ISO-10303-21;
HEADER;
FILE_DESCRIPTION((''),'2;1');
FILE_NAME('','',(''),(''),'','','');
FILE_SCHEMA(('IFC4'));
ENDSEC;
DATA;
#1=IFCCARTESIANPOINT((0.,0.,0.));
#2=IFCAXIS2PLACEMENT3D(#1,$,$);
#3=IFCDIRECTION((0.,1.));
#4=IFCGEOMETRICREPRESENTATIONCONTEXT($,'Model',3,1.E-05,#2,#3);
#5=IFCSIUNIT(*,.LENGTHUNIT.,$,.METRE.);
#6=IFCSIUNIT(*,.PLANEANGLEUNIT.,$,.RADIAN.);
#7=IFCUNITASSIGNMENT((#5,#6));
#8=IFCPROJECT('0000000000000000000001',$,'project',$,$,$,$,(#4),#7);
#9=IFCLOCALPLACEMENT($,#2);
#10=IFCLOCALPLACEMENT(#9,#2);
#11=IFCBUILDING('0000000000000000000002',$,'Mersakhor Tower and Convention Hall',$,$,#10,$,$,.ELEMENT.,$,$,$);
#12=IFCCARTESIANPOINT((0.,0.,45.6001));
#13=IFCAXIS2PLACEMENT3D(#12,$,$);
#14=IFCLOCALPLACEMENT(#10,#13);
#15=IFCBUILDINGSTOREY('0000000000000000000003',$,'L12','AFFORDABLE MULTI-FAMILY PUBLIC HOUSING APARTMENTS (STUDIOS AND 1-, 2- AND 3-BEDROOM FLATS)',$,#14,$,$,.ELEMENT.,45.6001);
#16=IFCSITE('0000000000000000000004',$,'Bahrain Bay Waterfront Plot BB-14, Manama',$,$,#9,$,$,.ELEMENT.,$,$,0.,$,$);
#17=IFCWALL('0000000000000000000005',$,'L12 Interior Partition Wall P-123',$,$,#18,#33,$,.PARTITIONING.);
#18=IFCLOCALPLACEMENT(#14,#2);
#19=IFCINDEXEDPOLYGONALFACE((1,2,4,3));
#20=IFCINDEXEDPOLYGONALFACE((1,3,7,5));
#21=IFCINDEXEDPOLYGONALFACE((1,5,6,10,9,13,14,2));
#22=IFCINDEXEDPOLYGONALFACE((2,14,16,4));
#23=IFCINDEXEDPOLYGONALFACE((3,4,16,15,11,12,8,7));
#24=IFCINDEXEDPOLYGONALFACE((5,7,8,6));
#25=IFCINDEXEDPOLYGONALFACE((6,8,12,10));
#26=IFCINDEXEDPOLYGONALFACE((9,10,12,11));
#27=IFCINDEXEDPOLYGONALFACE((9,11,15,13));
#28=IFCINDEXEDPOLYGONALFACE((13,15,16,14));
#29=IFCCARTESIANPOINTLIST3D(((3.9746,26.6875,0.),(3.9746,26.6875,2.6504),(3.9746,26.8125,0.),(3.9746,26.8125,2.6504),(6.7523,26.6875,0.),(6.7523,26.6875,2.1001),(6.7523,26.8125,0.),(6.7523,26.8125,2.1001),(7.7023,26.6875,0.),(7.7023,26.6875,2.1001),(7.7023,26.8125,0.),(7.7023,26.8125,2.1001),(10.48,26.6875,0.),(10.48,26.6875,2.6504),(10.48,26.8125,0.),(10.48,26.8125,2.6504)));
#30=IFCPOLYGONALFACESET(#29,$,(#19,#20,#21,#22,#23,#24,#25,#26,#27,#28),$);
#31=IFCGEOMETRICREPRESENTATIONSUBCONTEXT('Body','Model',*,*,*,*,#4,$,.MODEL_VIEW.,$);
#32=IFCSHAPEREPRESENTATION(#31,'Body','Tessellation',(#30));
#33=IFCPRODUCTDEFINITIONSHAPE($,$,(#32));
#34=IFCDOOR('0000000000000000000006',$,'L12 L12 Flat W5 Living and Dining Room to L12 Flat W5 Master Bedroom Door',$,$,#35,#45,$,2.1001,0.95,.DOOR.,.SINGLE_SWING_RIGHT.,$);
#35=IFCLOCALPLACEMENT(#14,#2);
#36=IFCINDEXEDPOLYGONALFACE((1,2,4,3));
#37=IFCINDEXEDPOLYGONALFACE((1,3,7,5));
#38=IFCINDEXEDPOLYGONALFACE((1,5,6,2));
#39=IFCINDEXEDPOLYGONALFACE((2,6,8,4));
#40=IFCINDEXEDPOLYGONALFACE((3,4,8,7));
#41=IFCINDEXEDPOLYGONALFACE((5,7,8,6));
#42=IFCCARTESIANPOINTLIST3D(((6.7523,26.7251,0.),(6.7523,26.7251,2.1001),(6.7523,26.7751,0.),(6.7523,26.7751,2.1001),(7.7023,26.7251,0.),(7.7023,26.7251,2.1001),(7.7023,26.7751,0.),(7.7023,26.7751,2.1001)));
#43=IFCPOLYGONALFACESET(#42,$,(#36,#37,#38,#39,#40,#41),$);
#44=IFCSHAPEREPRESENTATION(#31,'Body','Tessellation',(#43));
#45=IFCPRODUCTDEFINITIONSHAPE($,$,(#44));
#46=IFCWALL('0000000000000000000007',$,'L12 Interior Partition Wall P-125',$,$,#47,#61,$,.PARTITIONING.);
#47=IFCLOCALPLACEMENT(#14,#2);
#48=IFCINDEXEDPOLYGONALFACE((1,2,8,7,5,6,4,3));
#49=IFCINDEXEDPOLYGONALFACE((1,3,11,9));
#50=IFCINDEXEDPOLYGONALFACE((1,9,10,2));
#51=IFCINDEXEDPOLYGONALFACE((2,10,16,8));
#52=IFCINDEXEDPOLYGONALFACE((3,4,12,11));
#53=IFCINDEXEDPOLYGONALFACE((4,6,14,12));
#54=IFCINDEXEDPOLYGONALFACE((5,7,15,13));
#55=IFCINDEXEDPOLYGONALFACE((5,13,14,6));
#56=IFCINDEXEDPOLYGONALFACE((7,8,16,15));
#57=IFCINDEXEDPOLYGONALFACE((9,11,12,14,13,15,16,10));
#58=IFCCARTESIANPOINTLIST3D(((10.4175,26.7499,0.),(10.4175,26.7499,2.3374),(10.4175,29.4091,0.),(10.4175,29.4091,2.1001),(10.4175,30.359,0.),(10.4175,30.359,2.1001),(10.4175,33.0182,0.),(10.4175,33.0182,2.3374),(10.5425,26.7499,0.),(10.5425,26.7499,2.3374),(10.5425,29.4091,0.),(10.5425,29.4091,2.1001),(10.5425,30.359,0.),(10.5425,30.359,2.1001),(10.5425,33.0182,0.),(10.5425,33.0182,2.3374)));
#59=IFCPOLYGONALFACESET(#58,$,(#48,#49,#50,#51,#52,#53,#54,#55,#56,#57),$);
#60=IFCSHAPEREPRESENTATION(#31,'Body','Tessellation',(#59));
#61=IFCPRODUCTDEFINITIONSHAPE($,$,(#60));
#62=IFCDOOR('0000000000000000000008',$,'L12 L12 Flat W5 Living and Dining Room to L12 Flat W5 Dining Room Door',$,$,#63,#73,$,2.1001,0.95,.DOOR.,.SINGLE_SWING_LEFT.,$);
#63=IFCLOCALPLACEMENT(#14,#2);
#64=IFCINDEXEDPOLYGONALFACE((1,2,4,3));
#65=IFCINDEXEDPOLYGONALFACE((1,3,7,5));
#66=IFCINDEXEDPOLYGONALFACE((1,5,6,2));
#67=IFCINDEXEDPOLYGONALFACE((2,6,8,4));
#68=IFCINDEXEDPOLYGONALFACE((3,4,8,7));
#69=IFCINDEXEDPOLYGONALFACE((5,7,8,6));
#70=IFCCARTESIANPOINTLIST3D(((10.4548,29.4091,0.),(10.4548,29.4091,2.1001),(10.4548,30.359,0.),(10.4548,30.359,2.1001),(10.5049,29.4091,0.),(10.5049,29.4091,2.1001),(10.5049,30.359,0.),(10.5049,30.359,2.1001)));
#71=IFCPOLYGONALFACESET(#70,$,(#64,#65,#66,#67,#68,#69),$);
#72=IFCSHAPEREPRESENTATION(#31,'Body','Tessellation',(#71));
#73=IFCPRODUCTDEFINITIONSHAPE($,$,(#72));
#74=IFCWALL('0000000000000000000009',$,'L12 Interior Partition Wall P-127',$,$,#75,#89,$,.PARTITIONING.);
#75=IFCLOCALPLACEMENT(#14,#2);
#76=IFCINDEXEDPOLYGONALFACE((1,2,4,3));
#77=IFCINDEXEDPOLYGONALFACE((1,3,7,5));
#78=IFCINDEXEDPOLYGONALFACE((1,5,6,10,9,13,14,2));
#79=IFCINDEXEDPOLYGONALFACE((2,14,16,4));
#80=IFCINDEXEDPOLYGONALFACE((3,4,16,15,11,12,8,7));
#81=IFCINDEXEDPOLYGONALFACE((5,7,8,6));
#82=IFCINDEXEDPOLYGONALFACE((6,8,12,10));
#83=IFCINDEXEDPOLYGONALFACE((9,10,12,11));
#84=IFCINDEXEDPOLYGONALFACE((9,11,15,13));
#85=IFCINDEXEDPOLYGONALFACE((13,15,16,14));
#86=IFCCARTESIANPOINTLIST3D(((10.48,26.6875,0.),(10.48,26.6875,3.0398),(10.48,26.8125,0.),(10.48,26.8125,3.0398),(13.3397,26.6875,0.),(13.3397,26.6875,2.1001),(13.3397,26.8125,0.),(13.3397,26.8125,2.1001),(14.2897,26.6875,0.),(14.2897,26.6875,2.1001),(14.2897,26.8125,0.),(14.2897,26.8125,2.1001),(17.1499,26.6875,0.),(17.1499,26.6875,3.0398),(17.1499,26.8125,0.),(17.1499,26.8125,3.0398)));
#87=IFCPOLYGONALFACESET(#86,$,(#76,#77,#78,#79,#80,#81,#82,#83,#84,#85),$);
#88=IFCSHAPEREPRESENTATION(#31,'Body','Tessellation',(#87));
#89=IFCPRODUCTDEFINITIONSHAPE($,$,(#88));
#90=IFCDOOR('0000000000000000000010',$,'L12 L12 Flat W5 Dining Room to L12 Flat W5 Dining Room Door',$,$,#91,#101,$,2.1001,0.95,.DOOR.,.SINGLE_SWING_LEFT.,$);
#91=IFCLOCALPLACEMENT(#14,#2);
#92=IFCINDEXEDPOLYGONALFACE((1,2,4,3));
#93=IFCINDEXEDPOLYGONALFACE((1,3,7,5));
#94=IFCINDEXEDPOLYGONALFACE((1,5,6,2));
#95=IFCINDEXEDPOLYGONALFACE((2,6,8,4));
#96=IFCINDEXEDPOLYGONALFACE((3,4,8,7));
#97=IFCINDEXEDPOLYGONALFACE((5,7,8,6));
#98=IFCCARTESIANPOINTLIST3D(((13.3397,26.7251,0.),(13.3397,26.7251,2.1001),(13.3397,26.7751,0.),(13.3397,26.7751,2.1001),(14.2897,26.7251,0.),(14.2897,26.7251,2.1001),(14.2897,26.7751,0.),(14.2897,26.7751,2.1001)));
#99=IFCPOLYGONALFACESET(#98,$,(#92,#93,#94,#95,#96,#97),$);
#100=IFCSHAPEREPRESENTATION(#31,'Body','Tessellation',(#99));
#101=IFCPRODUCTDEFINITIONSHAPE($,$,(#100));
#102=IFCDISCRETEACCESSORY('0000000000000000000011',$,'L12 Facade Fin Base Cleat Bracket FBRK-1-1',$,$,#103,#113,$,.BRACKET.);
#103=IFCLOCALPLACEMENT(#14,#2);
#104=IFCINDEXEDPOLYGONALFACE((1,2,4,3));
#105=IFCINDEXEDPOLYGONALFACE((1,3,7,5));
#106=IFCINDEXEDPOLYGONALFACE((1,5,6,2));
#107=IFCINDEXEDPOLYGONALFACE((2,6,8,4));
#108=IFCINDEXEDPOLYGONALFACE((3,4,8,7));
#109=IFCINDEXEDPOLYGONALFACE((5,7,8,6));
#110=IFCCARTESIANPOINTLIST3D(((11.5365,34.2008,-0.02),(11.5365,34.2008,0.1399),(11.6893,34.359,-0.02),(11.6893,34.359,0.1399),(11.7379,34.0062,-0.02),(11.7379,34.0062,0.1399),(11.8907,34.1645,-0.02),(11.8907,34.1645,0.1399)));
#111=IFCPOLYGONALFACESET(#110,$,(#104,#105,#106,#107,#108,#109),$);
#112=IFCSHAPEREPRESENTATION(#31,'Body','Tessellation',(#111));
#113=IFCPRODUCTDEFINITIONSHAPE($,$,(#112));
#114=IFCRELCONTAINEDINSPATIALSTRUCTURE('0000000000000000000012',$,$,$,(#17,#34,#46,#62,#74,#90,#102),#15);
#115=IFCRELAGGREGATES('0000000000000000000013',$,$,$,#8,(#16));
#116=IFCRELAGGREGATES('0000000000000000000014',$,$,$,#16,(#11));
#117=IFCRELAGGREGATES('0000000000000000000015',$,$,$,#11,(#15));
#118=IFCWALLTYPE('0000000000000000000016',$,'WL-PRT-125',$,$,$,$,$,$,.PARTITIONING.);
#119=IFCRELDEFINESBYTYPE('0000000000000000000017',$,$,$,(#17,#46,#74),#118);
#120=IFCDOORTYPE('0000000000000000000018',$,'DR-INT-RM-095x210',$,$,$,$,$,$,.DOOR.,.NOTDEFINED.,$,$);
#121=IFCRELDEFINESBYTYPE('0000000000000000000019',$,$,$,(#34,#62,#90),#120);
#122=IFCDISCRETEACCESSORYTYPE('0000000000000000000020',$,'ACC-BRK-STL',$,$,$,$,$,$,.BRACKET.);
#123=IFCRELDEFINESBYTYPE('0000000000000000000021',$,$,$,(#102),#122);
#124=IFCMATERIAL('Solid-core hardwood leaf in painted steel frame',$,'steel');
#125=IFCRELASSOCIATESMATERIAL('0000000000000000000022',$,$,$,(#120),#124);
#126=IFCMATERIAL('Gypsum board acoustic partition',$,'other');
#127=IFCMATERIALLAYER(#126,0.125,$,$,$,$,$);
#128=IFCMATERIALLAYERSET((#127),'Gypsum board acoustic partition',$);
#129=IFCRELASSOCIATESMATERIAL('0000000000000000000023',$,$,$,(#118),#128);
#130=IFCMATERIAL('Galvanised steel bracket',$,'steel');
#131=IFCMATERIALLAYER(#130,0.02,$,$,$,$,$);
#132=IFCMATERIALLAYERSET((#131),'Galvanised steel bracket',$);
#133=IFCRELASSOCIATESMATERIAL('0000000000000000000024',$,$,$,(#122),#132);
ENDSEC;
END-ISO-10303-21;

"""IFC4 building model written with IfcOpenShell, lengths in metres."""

from ifc_helpers import new_model, si_unit, direction, frame, frame_2d, origin, origin_2d, place, context, subcontext, project, spatial, rectangle, extrude, material, layer, layer_set, type_object, element, fill, save


model = new_model("IFC4")

# Units and contexts
model_context = context("Model", 3, precision=1e-05, world=origin(), true_north=direction((0.0, 1.0)))
body_context = subcontext(model_context, "Body", "Model", "MODEL_VIEW")
ifc_project = project(units=[si_unit("LENGTHUNIT", "METRE"), si_unit("PLANEANGLEUNIT", "RADIAN")], contexts=[model_context])

# Site, building, storey
site_placement = place(None, origin())
site = spatial("IfcSite", under=ifc_project, at=site_placement, Name="Bahrain Bay Waterfront Plot BB-14, Manama", CompositionType="ELEMENT", RefElevation=0.0)
building_placement = place(site_placement, origin())
building = spatial("IfcBuilding", under=site, at=building_placement, Name="Mersakhor Tower and Convention Hall", CompositionType="ELEMENT")
storey_placement = place(building_placement, frame((0.0, 0.0, 45.6001)))
storey = spatial("IfcBuildingStorey", under=building, at=storey_placement, Name="L12", Description="AFFORDABLE MULTI-FAMILY PUBLIC HOUSING APARTMENTS (STUDIOS AND 1-, 2- AND 3-BEDROOM FLATS)", CompositionType="ELEMENT", Elevation=45.6001)

# Walls, openings, doors
ifc_material_1 = material(Name="Solid-core hardwood leaf in painted steel frame", Category="steel")
door_type_1 = type_object("IfcDoorType", Name="DR-INT-RM-095x210", OperationType="NOTDEFINED", PredefinedType="DOOR", material=ifc_material_1)
ifc_material_2 = material(Name="Gypsum board acoustic partition", Category="other")
ifc_layer_1 = layer(ifc_material_2, 0.125)
ifc_layer_set_1 = layer_set([ifc_layer_1], Name="Gypsum board acoustic partition")
wall_type_1 = type_object("IfcWallType", Name="WL-PRT-125", PredefinedType="PARTITIONING", material=ifc_layer_set_1)
wall_1_placement = place(storey_placement, frame((10.48, 26.75, 0.0), z_axis=(0.0, 0.0, 1.0), x_axis=(-1.0, 0.0, 0.0)))
wall_1 = element("IfcWall", 1, at=wall_1_placement, inside=storey, type_object=wall_type_1, Name="L12 Interior Partition Wall P-123", PredefinedType="PARTITIONING", context=body_context, shape_type="SweptSolid", body=[
    extrude(rectangle(XDim=6.5054, YDim=0.125, at=frame_2d((3.2527, 0.0))), origin(), (0.0, 0.0, 1.0), 2.6504),
])
opening_1_placement = place(wall_1_placement, frame((2.7776, 0.0, 0.0)))
opening_1 = element("IfcOpeningElement", 2, at=opening_1_placement, cuts=wall_1, PredefinedType="OPENING", context=body_context, shape_type="SweptSolid", body=[
    extrude(rectangle(XDim=0.95, YDim=2.1001, at=frame_2d((0.4751, 1.05))), frame((0.0, 0.0725, 0.0), z_axis=(0.0, -1.0, 0.0), x_axis=(1.0, 0.0, 0.0)), (0.0, 0.0, 1.0), 0.145),
])
door_1_placement = place(opening_1_placement, origin())
door_1 = element("IfcDoor", 3, at=door_1_placement, inside=storey, type_object=door_type_1, Name="L12 L12 Flat W5 Living and Dining Room to L12 Flat W5 Master Bedroom Door", OperationType="SINGLE_SWING_RIGHT", OverallHeight=2.1001, OverallWidth=0.95, PredefinedType="DOOR", context=body_context, shape_type="SweptSolid", body=[
    extrude(rectangle(XDim=0.95, YDim=2.1001, at=frame_2d((0.4751, 1.05))), frame((0.0, 0.0249, 0.0), z_axis=(0.0, -1.0, 0.0), x_axis=(1.0, 0.0, 0.0)), (0.0, 0.0, 1.0), 0.05),
])
fill(opening_1, door_1)
wall_2_placement = place(storey_placement, frame((10.48, 33.0183, 0.0), z_axis=(0.0, 0.0, 1.0), x_axis=(0.0, -1.0, 0.0)))
wall_2 = element("IfcWall", 4, at=wall_2_placement, inside=storey, type_object=wall_type_1, Name="L12 Interior Partition Wall P-125", PredefinedType="PARTITIONING", context=body_context, shape_type="SweptSolid", body=[
    extrude(rectangle(XDim=6.2683, YDim=0.125, at=frame_2d((3.1343, 0.0))), origin(), (0.0, 0.0, 1.0), 2.3374),
])
opening_2_placement = place(wall_2_placement, frame((2.6592, 0.0, 0.0)))
opening_2 = element("IfcOpeningElement", 5, at=opening_2_placement, cuts=wall_2, PredefinedType="OPENING", context=body_context, shape_type="SweptSolid", body=[
    extrude(rectangle(XDim=0.95, YDim=2.1001, at=frame_2d((0.4751, 1.05))), frame((0.0, 0.0725, 0.0), z_axis=(0.0, -1.0, 0.0), x_axis=(1.0, 0.0, 0.0)), (0.0, 0.0, 1.0), 0.145),
])
door_2_placement = place(opening_2_placement, origin())
door_2 = element("IfcDoor", 6, at=door_2_placement, inside=storey, type_object=door_type_1, Name="L12 L12 Flat W5 Living and Dining Room to L12 Flat W5 Dining Room Door", OperationType="SINGLE_SWING_LEFT", OverallHeight=2.1001, OverallWidth=0.95, PredefinedType="DOOR", context=body_context, shape_type="SweptSolid", body=[
    extrude(rectangle(XDim=0.95, YDim=2.1001, at=frame_2d((0.4751, 1.05))), frame((0.0, 0.0249, 0.0), z_axis=(0.0, -1.0, 0.0), x_axis=(1.0, 0.0, 0.0)), (0.0, 0.0, 1.0), 0.05),
])
fill(opening_2, door_2)
wall_3_placement = place(storey_placement, frame((17.1499, 26.75, 0.0), z_axis=(0.0, 0.0, 1.0), x_axis=(-1.0, 0.0, 0.0)))
wall_3 = element("IfcWall", 7, at=wall_3_placement, inside=storey, type_object=wall_type_1, Name="L12 Interior Partition Wall P-127", PredefinedType="PARTITIONING", context=body_context, shape_type="SweptSolid", body=[
    extrude(rectangle(XDim=6.6699, YDim=0.125, at=frame_2d((3.335, 0.0))), origin(), (0.0, 0.0, 1.0), 3.0398),
])
opening_3_placement = place(wall_3_placement, frame((2.8601, 0.0, 0.0)))
opening_3 = element("IfcOpeningElement", 8, at=opening_3_placement, cuts=wall_3, PredefinedType="OPENING", context=body_context, shape_type="SweptSolid", body=[
    extrude(rectangle(XDim=0.95, YDim=2.1001, at=frame_2d((0.4751, 1.05))), frame((0.0, 0.0725, 0.0), z_axis=(0.0, -1.0, 0.0), x_axis=(1.0, 0.0, 0.0)), (0.0, 0.0, 1.0), 0.145),
])
door_3_placement = place(opening_3_placement, origin())
door_3 = element("IfcDoor", 9, at=door_3_placement, inside=storey, type_object=door_type_1, Name="L12 L12 Flat W5 Dining Room to L12 Flat W5 Dining Room Door", OperationType="SINGLE_SWING_LEFT", OverallHeight=2.1001, OverallWidth=0.95, PredefinedType="DOOR", context=body_context, shape_type="SweptSolid", body=[
    extrude(rectangle(XDim=0.95, YDim=2.1001, at=frame_2d((0.4751, 1.05))), frame((0.0, 0.0249, 0.0), z_axis=(0.0, -1.0, 0.0), x_axis=(1.0, 0.0, 0.0)), (0.0, 0.0, 1.0), 0.05),
])
fill(opening_3, door_3)

# Discrete accessory
ifc_material_3 = material(Name="Galvanised steel bracket", Category="steel")
ifc_layer_2 = layer(ifc_material_3, 0.02)
ifc_layer_set_2 = layer_set([ifc_layer_2], Name="Galvanised steel bracket")
discrete_accessory_type = type_object("IfcDiscreteAccessoryType", Name="ACC-BRK-STL", PredefinedType="BRACKET", material=ifc_layer_set_2)
discrete_accessory_placement = place(storey_placement, frame((11.7136, 34.1826, -0.02), z_axis=(0.0, 0.0, 1.0), x_axis=(-0.71934, 0.694658, 0.0)))
element("IfcDiscreteAccessory", 10, at=discrete_accessory_placement, inside=storey, type_object=discrete_accessory_type, Name="L12 Facade Fin Base Cleat Bracket FBRK-1-1", PredefinedType="BRACKET", context=body_context, shape_type="SweptSolid", body=[
    extrude(rectangle(XDim=0.28, YDim=0.22, at=origin_2d()), origin(), (0.0, 0.0, 1.0), 0.1599),
])

save(model, "model.ifc")
